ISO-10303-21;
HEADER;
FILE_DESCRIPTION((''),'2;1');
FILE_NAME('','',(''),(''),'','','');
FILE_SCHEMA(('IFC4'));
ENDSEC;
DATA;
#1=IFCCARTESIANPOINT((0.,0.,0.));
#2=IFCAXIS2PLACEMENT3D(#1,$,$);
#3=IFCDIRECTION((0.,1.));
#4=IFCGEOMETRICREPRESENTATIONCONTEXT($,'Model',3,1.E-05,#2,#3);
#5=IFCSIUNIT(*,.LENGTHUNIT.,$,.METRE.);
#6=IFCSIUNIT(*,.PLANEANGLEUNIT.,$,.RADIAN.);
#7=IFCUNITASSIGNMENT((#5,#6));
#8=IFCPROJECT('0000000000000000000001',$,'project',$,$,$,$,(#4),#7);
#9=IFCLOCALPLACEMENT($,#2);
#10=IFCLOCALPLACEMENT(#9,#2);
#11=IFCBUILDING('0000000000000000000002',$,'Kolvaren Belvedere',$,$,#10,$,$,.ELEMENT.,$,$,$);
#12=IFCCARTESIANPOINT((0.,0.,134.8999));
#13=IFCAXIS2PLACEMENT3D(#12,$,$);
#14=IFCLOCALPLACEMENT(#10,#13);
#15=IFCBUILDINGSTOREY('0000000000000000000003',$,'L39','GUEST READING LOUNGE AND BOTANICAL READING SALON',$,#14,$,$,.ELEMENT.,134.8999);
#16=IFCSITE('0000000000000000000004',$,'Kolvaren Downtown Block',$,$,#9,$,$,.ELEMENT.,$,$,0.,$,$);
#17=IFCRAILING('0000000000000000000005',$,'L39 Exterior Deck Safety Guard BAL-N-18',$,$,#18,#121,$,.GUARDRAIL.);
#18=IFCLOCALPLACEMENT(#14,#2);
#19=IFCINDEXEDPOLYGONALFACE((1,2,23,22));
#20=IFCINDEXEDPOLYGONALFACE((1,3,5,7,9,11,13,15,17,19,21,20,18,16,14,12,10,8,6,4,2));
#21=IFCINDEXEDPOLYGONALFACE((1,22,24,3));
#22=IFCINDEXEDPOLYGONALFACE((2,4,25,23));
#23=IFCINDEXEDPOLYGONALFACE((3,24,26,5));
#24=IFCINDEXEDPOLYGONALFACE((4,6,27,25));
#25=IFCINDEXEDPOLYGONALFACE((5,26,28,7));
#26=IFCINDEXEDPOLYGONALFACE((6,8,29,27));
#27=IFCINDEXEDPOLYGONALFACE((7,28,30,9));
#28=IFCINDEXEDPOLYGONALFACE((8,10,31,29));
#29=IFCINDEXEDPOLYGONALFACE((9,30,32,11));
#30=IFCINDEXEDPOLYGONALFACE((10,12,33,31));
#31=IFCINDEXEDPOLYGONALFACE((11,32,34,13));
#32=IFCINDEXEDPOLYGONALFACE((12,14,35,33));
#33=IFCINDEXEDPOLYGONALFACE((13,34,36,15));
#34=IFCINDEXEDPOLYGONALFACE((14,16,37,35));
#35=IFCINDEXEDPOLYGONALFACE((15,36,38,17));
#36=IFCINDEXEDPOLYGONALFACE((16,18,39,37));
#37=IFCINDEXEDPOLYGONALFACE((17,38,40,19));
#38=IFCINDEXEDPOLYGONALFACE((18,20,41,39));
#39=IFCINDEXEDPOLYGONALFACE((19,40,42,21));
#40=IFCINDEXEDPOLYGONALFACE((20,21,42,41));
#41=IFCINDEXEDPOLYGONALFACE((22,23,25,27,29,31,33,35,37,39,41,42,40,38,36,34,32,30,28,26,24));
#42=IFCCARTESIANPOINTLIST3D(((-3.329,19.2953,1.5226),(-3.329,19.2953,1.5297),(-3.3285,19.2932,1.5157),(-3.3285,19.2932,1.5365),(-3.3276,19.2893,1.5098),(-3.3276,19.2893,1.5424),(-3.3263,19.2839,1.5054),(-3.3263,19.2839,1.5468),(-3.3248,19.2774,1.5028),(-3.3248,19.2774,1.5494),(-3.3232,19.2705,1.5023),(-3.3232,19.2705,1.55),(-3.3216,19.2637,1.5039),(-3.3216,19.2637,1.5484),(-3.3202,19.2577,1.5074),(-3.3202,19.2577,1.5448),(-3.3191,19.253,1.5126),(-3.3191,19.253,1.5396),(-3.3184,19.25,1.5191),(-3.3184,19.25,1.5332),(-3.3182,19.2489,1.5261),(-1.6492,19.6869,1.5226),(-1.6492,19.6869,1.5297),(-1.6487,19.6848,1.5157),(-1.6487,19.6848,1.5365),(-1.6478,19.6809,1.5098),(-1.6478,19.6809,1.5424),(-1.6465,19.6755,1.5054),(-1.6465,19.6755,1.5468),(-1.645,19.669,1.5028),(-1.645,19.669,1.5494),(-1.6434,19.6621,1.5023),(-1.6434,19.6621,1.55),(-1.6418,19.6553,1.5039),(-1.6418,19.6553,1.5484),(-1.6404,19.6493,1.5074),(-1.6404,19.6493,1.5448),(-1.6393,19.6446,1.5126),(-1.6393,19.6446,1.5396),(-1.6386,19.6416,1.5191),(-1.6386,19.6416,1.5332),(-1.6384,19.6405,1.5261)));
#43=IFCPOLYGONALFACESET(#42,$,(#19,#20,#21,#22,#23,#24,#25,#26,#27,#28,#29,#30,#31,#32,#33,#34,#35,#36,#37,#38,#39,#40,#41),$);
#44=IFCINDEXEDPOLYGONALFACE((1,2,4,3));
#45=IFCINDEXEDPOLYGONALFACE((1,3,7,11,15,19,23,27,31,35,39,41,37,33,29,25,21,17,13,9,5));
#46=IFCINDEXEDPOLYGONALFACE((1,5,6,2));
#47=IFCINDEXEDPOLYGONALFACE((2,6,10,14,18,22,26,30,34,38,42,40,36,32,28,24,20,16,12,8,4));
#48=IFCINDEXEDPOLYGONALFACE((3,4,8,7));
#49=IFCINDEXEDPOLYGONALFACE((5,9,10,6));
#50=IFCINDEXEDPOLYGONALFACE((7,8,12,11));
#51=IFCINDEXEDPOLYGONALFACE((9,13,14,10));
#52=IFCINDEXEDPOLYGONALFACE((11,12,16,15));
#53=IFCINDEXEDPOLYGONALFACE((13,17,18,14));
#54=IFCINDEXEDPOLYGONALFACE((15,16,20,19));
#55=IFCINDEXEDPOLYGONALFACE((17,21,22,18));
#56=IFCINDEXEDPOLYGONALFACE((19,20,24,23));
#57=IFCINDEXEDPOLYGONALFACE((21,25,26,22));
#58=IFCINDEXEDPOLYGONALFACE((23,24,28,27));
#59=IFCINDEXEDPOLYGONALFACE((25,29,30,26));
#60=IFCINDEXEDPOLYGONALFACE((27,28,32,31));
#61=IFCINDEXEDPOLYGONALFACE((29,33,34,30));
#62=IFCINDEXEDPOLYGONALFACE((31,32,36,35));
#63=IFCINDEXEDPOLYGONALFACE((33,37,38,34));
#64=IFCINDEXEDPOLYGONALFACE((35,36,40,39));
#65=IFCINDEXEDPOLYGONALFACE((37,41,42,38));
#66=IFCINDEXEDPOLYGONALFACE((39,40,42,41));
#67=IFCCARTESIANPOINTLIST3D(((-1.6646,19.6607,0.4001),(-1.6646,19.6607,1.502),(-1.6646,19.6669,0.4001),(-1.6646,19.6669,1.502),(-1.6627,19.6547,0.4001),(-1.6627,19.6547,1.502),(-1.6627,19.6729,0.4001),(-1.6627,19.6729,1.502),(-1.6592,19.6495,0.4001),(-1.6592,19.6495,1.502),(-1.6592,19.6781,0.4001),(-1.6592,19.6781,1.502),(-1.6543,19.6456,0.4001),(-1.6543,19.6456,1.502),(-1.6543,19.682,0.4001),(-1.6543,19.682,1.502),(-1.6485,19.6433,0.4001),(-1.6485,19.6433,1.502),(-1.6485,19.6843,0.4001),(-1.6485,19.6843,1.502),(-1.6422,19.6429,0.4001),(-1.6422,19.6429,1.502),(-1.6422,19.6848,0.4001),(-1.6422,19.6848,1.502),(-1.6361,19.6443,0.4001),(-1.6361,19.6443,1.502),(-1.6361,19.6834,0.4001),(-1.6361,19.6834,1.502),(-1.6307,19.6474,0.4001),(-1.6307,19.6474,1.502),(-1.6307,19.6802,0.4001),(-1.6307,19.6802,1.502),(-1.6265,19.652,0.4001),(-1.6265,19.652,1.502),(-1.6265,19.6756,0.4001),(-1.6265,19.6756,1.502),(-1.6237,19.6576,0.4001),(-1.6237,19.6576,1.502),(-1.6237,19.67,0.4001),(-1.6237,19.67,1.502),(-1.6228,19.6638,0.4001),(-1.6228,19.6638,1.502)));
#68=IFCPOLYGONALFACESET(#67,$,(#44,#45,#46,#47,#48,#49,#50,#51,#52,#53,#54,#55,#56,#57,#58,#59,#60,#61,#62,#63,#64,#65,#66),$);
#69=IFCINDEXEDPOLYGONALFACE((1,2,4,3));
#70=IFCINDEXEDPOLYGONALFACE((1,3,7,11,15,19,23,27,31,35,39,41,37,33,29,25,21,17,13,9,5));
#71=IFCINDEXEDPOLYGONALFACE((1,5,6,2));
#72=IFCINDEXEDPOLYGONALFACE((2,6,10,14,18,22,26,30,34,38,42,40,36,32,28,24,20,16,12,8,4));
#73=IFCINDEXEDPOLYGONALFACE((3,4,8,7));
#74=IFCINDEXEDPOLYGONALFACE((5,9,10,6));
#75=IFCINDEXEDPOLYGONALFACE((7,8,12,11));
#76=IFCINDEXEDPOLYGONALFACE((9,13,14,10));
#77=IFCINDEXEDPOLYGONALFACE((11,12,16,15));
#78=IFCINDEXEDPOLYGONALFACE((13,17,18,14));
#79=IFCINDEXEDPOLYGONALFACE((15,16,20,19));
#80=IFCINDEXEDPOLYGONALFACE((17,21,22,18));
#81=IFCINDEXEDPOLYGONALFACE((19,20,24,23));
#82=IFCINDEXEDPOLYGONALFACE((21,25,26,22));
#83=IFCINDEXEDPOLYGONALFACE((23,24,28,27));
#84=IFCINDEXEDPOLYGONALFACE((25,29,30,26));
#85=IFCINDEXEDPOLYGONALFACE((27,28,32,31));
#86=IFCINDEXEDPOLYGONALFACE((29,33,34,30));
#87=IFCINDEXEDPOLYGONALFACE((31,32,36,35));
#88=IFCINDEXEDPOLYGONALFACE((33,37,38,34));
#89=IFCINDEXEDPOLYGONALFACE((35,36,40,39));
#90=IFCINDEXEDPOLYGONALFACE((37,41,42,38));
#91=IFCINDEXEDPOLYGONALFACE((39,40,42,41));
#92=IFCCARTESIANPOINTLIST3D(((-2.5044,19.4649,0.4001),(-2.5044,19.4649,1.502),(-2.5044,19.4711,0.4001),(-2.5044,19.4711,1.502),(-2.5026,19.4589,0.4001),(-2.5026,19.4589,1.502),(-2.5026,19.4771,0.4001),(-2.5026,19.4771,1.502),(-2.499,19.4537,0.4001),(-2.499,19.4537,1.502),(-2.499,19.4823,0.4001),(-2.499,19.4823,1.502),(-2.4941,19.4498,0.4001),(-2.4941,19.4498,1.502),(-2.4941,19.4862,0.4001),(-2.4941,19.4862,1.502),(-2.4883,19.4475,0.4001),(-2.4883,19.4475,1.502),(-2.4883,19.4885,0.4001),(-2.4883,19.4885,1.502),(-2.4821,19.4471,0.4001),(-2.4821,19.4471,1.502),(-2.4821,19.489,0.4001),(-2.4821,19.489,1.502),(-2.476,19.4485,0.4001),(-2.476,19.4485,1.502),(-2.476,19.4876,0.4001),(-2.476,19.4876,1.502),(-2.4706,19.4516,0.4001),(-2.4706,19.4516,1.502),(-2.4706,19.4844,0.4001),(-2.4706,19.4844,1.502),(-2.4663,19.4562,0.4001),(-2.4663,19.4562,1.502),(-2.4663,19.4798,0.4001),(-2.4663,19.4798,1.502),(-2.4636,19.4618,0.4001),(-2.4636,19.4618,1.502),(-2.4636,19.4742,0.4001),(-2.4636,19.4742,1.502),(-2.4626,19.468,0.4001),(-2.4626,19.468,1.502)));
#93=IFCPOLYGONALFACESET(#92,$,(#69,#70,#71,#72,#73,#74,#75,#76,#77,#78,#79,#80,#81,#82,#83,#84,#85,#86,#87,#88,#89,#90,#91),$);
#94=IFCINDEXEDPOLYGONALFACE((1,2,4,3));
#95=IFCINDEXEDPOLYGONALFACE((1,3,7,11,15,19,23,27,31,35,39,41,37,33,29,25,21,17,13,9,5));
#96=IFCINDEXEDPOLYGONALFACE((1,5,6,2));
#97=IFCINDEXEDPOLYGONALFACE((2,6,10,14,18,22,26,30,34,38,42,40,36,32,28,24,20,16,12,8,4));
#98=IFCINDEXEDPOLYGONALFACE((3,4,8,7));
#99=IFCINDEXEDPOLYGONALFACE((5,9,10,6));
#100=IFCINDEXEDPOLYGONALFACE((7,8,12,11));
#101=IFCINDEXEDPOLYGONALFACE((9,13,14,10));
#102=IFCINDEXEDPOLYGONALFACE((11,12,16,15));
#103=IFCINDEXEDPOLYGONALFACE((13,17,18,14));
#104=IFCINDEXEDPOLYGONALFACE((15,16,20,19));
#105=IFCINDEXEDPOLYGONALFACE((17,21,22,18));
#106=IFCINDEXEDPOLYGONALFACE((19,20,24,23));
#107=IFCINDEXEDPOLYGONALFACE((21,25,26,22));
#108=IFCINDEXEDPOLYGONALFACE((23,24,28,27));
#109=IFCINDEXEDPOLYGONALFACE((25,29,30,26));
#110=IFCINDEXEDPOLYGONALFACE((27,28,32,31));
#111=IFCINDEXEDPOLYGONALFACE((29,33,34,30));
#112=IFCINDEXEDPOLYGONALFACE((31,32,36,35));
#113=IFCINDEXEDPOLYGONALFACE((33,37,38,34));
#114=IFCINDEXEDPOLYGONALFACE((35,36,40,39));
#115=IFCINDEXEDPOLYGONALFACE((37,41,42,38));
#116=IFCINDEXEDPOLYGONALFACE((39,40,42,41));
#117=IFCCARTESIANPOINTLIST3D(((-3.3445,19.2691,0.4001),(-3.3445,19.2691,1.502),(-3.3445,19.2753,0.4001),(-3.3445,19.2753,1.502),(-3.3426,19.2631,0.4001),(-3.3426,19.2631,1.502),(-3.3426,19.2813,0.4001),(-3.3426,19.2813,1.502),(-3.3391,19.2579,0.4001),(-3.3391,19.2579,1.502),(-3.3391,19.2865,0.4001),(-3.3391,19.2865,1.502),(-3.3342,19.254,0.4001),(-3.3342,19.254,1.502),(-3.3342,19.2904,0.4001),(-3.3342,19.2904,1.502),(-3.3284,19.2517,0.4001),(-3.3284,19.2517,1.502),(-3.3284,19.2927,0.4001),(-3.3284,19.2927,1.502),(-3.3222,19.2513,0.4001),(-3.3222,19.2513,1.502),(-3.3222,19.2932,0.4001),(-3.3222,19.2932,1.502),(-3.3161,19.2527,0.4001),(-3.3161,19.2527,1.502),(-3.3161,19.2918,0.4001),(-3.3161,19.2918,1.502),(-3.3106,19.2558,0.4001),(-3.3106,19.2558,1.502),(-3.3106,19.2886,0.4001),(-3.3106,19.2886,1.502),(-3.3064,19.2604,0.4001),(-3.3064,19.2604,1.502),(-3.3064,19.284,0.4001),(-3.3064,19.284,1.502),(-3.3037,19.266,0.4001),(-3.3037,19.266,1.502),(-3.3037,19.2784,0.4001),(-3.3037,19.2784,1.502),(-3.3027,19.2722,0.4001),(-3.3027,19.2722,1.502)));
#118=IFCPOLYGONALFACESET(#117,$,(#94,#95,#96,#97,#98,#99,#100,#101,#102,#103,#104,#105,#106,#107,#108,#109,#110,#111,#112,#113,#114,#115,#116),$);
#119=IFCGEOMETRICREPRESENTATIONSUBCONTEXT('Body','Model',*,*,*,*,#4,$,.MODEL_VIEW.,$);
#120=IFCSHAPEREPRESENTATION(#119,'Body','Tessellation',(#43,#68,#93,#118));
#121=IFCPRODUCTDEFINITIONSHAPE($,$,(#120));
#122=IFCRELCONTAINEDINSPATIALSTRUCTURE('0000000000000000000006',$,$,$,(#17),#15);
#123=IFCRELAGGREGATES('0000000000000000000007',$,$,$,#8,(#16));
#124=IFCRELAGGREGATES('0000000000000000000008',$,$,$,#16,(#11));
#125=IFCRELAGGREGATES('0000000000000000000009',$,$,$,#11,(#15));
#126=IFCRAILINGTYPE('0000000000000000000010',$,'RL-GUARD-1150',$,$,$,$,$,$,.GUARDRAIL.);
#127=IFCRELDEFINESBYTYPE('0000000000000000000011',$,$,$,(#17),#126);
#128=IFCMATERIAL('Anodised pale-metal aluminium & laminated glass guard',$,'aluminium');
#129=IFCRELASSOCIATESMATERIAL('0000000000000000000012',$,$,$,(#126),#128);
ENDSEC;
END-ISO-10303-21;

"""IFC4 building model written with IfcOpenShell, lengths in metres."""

from ifc_helpers import new_model, si_unit, direction, frame, origin, origin_2d, place, context, subcontext, project, spatial, circle, extrude, material, type_object, element, save


model = new_model("IFC4")

# Units and contexts
model_context = context("Model", 3, precision=1e-05, world=origin(), true_north=direction((0.0, 1.0)))
body_context = subcontext(model_context, "Body", "Model", "MODEL_VIEW")
ifc_project = project(units=[si_unit("LENGTHUNIT", "METRE"), si_unit("PLANEANGLEUNIT", "RADIAN")], contexts=[model_context])

# Site, building, storey
site_placement = place(None, origin())
site = spatial("IfcSite", under=ifc_project, at=site_placement, Name="Kolvaren Downtown Block", CompositionType="ELEMENT", RefElevation=0.0)
building_placement = place(site_placement, origin())
building = spatial("IfcBuilding", under=site, at=building_placement, Name="Kolvaren Belvedere", CompositionType="ELEMENT")
storey_placement = place(building_placement, frame((0.0, 0.0, 134.8999)))
storey = spatial("IfcBuildingStorey", under=building, at=storey_placement, Name="L39", Description="GUEST READING LOUNGE AND BOTANICAL READING SALON", CompositionType="ELEMENT", Elevation=134.8999)

# Railing
ifc_material_1 = material(Name="Anodised pale-metal aluminium & laminated glass guard", Category="aluminium")
railing_type = type_object("IfcRailingType", Name="RL-GUARD-1150", PredefinedType="GUARDRAIL", material=ifc_material_1)
railing_1_placement = place(storey_placement, frame((-1.6438, 19.6638, 0.4001)))
element("IfcRailing", 1, at=railing_1_placement, inside=storey, type_object=railing_type, Name="L39 Exterior Deck Safety Guard BAL-N-18", PredefinedType="GUARDRAIL", context=body_context, shape_type="SweptSolid", body=[
    extrude(circle(Radius=0.0239, at=origin_2d()), frame((0.0, 0.0, 1.126), z_axis=(-0.97389, -0.227019, 0.0), x_axis=(0.227019, -0.97389, 0.0)), (0.0, 0.0, 1.0), 1.7249),
    extrude(circle(Radius=0.021, at=origin_2d()), origin(), (0.0, 0.0, 1.0), 1.1018),
    extrude(circle(Radius=0.021, at=origin_2d()), frame((-0.8398, -0.1958, 0.0)), (0.0, 0.0, 1.0), 1.1018),
    extrude(circle(Radius=0.021, at=origin_2d()), frame((-1.6799, -0.3916, 0.0)), (0.0, 0.0, 1.0), 1.1018),
])

save(model, "model.ifc")
